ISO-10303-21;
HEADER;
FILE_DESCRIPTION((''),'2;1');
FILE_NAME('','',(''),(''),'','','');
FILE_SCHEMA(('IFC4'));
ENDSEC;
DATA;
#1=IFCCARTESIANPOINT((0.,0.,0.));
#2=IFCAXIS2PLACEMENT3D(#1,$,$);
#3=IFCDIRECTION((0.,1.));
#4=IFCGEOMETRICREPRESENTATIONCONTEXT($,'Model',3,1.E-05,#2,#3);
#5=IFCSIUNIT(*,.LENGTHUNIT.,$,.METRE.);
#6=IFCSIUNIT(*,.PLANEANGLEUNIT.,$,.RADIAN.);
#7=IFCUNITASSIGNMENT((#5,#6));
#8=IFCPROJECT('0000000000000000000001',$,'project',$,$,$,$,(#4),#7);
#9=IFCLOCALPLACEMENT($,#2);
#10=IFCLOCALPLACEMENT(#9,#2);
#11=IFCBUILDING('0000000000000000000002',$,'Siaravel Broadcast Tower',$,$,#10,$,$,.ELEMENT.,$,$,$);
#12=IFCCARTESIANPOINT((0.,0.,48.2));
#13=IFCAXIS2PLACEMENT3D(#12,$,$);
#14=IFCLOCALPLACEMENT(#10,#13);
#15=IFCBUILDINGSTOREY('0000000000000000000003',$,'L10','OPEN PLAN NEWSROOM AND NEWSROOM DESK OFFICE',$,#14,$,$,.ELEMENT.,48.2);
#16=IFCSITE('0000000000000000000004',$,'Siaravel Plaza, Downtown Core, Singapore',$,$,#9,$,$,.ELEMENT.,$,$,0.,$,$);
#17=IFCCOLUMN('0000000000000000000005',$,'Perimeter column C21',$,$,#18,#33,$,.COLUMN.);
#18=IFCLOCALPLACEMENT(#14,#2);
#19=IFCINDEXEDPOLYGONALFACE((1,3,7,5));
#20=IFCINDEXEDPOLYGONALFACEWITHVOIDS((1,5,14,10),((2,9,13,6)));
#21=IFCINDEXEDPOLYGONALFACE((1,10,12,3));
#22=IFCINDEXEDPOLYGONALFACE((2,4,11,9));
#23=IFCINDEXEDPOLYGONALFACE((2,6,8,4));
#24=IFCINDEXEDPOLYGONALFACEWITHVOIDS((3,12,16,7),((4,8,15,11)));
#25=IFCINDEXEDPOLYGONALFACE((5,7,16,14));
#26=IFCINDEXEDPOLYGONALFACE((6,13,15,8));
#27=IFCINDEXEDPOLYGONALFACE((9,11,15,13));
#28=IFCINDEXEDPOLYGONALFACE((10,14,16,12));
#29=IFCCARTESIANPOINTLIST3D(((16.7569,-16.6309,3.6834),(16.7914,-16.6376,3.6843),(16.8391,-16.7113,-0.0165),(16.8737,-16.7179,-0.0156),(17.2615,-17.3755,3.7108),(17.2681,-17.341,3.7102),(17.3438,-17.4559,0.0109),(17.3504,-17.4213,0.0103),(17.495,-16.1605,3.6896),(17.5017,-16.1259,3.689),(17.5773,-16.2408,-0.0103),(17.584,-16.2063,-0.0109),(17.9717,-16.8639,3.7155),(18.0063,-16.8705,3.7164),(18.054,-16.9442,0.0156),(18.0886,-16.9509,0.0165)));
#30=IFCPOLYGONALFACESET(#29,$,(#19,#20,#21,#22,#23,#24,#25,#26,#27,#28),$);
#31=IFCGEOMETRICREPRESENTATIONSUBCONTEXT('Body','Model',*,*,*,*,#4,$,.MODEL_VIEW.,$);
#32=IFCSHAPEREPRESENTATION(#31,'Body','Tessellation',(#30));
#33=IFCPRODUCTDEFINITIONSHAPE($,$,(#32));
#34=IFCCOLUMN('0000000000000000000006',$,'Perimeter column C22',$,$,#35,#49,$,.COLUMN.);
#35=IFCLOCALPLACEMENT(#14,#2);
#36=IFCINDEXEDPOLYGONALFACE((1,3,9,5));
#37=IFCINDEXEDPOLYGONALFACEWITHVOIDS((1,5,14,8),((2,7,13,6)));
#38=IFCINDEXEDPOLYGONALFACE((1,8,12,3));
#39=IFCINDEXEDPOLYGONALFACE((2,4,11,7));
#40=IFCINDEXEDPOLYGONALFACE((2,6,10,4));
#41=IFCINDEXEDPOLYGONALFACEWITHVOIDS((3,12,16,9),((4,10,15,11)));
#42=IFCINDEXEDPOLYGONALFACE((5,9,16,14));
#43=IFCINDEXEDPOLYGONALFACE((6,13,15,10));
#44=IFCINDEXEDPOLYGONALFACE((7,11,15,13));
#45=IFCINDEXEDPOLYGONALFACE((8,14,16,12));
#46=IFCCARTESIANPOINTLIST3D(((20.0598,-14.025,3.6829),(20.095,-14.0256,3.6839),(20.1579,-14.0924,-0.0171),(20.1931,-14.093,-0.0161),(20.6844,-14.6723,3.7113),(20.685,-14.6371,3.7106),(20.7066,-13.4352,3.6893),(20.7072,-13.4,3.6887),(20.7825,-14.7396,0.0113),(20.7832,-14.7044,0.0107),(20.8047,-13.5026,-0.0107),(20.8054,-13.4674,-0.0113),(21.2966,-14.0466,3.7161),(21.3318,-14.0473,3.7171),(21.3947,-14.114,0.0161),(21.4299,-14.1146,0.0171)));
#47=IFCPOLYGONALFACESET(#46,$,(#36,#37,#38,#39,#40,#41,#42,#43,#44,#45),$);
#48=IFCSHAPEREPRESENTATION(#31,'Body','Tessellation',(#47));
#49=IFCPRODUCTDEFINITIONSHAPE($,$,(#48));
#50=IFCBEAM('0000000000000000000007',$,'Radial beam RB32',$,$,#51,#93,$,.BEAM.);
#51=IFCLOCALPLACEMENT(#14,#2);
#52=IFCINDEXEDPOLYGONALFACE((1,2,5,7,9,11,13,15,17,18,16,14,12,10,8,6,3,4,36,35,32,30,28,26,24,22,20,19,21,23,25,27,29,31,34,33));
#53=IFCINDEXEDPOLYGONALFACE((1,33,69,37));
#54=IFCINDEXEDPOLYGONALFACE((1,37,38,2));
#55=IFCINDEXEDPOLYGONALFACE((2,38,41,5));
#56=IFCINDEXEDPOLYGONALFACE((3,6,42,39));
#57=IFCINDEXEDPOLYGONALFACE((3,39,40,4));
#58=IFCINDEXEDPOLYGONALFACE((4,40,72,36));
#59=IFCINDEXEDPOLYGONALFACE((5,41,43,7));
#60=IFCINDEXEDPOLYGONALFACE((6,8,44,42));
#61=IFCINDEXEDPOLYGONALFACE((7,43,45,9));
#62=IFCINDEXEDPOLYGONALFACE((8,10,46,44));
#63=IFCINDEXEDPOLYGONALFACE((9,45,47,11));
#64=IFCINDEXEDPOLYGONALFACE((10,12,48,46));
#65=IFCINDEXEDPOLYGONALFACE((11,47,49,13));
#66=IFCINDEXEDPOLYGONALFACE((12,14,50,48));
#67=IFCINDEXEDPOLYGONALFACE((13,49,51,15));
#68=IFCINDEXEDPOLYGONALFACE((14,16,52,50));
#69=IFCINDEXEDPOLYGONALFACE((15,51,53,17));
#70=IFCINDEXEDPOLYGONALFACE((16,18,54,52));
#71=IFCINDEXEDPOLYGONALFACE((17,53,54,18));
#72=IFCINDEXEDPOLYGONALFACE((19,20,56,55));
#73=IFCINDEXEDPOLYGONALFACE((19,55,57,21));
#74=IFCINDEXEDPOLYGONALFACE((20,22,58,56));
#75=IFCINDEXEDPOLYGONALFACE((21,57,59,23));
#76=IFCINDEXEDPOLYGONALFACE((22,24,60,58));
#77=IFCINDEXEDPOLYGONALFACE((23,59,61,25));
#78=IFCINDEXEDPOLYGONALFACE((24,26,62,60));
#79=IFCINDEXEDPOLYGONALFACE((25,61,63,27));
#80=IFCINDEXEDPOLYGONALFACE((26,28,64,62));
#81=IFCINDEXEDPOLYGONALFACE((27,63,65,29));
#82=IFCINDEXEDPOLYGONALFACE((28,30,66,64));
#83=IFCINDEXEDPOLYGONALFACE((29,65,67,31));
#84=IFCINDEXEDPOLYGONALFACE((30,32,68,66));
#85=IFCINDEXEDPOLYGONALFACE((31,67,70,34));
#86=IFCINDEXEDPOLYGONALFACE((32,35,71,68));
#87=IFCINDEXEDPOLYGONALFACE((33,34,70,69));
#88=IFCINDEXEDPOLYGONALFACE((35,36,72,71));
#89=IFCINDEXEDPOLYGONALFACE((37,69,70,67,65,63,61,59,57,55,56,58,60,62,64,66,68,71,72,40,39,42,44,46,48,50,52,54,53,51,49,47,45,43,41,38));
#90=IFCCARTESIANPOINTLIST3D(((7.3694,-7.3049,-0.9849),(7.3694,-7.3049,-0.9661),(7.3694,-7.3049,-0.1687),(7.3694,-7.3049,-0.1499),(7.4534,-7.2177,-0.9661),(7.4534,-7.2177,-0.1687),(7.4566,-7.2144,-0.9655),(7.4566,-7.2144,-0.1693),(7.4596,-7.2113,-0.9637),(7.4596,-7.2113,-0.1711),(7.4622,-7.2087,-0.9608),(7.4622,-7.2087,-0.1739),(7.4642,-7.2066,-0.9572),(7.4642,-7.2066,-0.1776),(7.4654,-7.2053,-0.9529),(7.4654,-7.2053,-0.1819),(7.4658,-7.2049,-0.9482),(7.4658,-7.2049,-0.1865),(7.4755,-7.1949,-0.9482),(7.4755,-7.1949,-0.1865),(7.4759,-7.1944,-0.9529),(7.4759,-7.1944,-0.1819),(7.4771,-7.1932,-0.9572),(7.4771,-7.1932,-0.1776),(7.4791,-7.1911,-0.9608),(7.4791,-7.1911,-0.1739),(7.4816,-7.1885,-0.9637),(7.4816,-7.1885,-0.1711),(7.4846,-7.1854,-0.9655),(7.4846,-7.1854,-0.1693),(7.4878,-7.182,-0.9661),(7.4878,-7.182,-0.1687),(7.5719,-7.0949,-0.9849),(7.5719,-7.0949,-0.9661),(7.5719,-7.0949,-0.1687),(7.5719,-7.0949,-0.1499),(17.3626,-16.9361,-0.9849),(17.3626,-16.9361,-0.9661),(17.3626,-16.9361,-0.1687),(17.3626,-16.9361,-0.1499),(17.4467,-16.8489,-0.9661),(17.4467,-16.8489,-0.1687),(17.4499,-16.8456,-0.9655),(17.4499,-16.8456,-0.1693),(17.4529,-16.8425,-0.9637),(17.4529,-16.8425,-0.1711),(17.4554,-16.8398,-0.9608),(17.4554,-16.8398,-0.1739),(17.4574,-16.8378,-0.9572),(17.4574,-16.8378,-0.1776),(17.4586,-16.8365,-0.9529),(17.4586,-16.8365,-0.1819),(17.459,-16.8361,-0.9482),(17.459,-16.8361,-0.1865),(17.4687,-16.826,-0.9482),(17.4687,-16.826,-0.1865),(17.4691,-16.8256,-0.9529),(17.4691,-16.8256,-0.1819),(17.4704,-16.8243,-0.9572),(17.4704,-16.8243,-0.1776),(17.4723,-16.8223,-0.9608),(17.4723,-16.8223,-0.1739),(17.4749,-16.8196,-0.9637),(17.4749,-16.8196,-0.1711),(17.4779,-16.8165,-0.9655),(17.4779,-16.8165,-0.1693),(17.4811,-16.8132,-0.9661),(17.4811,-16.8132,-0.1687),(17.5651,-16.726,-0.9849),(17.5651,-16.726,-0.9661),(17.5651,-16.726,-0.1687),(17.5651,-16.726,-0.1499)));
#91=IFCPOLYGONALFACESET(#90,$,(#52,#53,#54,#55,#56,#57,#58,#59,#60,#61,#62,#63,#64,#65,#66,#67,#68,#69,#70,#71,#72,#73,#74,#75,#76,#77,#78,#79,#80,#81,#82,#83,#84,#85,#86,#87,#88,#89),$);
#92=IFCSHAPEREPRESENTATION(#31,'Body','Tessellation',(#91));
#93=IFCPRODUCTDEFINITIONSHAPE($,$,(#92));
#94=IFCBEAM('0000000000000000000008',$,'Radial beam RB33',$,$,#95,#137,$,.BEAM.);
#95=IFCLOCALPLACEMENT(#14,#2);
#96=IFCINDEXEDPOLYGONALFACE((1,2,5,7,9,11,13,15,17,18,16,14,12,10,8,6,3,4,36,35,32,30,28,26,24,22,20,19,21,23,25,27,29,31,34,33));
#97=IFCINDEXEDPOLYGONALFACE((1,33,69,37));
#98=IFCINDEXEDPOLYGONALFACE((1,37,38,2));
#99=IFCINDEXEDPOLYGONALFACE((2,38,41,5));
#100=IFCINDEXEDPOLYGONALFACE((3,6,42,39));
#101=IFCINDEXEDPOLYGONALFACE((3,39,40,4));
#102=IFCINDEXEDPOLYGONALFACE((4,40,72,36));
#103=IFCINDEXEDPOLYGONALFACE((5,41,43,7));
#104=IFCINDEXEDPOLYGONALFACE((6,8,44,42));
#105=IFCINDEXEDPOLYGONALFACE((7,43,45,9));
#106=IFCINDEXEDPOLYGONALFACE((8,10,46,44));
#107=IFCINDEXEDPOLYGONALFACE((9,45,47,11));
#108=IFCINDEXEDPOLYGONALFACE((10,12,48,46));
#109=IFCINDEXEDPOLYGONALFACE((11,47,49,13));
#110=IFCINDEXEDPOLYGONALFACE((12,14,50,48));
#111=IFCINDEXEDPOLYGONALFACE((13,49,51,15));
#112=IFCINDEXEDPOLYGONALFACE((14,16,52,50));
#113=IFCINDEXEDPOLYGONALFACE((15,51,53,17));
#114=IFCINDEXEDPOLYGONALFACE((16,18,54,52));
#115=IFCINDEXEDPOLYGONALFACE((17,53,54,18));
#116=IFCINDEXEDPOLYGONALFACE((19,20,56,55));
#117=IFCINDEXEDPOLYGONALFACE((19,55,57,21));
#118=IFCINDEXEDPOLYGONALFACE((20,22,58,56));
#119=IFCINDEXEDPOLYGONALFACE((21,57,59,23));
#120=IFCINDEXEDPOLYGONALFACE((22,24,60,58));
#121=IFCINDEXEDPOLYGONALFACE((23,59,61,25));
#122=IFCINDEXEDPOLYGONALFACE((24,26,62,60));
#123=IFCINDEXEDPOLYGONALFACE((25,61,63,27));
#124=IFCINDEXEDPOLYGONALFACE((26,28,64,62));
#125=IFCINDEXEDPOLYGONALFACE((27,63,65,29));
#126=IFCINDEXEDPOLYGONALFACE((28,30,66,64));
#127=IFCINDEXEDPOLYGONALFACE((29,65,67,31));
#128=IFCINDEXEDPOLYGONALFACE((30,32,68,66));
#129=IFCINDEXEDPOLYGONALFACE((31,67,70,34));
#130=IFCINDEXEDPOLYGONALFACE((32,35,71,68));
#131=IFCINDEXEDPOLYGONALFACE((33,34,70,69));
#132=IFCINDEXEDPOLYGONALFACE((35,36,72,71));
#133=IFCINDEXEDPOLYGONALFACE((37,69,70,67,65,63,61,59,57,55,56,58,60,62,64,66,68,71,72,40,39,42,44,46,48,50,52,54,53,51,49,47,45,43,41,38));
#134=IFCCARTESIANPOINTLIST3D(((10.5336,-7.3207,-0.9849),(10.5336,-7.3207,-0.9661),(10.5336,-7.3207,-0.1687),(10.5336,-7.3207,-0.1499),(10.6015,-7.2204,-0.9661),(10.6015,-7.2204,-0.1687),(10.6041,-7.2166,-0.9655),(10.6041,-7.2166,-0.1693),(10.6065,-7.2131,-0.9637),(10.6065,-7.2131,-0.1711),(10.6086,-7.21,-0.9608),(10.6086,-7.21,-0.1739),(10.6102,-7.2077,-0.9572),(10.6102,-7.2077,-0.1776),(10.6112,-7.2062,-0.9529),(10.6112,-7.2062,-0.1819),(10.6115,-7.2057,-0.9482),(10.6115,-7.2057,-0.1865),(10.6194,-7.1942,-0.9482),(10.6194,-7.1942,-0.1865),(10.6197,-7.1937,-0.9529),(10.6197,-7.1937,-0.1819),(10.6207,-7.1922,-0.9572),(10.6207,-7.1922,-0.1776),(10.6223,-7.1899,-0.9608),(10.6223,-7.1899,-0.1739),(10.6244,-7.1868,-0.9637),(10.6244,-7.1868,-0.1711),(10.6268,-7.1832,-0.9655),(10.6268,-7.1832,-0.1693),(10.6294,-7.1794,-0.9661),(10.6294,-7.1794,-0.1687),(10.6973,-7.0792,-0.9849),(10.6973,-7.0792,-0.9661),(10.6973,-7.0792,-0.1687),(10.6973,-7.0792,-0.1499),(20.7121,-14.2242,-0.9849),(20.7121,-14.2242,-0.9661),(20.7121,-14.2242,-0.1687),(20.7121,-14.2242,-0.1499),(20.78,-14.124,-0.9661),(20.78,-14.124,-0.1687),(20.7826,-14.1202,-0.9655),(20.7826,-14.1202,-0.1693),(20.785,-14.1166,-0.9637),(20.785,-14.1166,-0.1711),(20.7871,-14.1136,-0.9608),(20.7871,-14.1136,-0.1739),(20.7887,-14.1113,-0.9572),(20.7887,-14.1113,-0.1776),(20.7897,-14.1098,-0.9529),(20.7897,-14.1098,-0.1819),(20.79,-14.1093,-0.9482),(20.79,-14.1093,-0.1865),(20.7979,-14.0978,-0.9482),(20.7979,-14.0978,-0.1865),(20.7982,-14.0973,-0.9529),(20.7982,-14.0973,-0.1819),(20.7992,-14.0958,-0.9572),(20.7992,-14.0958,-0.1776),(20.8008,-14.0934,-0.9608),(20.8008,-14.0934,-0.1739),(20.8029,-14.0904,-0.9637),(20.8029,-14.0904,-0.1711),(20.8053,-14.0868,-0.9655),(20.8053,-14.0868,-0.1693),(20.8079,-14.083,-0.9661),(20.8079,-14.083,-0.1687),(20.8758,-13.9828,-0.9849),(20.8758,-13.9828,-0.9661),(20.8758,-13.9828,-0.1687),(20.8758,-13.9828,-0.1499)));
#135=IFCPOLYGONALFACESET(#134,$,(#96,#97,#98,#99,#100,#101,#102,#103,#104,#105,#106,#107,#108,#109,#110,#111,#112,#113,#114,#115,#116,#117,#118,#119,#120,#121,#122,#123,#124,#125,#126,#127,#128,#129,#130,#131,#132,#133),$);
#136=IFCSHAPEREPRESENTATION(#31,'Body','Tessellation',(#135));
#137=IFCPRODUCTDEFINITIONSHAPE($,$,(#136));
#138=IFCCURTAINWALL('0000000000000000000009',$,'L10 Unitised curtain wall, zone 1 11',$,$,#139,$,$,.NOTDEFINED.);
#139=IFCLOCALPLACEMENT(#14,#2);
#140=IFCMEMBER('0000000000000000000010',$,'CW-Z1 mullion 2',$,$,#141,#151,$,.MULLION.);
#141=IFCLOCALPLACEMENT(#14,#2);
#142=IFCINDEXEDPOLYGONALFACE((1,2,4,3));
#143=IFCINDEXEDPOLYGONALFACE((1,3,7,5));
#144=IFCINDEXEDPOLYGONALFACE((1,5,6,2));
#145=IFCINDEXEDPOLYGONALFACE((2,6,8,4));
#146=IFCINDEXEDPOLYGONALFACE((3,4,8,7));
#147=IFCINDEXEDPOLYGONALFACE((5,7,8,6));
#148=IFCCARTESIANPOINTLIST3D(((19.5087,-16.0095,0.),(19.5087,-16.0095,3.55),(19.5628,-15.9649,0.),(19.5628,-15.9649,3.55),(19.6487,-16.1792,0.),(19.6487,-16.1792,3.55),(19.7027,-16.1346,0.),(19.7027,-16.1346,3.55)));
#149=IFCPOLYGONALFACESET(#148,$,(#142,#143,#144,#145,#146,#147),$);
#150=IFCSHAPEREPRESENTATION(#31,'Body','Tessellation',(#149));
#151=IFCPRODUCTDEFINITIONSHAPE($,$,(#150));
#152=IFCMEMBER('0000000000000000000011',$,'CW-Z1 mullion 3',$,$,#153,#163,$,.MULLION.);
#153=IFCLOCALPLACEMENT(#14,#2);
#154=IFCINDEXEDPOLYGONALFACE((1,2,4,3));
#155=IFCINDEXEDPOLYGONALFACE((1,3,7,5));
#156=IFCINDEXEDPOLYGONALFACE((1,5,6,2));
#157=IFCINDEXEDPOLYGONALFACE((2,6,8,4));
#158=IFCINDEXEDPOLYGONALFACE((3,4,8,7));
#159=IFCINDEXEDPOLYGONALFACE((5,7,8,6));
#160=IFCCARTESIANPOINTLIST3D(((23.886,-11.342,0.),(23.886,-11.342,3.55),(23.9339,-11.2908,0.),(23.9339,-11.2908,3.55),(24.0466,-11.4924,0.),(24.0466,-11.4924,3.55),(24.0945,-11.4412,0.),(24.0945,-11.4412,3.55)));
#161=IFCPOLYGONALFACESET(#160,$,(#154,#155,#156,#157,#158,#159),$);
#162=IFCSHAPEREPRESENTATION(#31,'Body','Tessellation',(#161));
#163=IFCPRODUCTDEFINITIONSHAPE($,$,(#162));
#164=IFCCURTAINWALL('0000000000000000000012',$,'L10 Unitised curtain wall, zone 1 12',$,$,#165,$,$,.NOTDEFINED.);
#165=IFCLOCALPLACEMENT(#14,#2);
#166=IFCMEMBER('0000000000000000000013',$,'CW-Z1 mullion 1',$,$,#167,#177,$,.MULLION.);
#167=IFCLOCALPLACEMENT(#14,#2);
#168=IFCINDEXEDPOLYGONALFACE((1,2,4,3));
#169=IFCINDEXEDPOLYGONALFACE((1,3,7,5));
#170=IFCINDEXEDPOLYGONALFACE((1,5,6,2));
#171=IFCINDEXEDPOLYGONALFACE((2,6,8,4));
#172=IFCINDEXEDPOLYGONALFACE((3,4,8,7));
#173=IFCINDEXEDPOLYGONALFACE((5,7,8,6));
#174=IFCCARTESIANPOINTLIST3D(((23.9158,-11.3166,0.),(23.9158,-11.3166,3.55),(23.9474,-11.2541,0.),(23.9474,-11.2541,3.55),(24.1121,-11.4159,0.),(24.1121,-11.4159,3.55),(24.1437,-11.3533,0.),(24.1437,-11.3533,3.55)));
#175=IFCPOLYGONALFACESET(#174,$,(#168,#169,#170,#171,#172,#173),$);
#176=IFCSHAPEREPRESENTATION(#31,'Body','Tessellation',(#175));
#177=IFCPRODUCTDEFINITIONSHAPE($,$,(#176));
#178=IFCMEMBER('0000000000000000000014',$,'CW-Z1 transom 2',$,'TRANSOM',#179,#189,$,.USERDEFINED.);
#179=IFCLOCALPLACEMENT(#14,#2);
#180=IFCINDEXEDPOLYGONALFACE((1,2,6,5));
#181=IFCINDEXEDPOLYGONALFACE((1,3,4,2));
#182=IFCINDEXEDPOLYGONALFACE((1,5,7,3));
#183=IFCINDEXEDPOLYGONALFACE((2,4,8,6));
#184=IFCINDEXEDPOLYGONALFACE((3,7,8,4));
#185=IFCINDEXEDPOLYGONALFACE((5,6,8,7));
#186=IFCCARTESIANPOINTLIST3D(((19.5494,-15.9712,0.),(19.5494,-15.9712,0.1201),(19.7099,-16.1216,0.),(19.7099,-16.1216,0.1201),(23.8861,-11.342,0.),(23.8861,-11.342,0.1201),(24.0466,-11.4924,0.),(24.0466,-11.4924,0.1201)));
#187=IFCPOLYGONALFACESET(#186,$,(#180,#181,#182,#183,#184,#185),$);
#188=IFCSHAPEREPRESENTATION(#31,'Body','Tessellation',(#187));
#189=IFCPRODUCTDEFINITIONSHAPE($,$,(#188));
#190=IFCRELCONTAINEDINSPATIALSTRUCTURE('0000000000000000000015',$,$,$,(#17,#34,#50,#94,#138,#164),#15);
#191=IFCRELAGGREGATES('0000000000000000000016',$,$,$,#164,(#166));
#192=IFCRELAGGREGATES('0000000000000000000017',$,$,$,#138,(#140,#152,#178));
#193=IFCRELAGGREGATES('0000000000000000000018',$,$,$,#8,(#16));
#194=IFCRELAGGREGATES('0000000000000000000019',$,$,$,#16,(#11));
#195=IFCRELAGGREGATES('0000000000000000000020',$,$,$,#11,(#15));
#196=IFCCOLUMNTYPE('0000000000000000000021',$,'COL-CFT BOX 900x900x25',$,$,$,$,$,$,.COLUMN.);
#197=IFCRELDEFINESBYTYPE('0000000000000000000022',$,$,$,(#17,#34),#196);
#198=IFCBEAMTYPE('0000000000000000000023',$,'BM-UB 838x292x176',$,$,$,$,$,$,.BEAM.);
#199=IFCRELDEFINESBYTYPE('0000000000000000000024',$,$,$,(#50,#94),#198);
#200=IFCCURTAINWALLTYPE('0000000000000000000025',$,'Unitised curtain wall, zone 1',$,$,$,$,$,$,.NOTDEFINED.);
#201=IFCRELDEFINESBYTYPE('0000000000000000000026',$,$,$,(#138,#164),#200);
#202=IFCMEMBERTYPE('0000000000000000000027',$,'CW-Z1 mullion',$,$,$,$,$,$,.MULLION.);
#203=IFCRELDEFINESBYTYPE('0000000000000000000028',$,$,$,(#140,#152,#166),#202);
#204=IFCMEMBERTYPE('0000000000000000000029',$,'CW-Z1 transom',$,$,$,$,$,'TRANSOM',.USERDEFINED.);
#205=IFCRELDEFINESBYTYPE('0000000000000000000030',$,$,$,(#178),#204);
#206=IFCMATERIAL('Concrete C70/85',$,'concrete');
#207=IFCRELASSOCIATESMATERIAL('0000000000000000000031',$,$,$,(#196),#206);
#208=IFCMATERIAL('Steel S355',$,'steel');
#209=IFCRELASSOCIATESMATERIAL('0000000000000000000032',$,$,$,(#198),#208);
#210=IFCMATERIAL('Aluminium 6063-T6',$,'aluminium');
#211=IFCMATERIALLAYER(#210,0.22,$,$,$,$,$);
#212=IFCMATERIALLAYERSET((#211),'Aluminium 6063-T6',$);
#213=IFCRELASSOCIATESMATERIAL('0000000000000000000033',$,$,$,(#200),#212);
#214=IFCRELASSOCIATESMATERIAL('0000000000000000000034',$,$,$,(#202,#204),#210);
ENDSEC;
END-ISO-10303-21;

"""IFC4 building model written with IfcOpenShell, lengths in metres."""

from ifc_helpers import new_model, si_unit, direction, frame, origin, origin_2d, place, context, subcontext, project, spatial, rectangle, hollow_rectangle, i_section, extrude, material, layer, layer_set, material_profile, profile_set, type_object, element, aggregate, save


model = new_model("IFC4")

# Units and contexts
model_context = context("Model", 3, precision=1e-05, world=origin(), true_north=direction((0.0, 1.0)))
body_context = subcontext(model_context, "Body", "Model", "MODEL_VIEW")
ifc_project = project(units=[si_unit("LENGTHUNIT", "METRE"), si_unit("PLANEANGLEUNIT", "RADIAN")], contexts=[model_context])

# Site, building, storey
site_placement = place(None, origin())
site = spatial("IfcSite", under=ifc_project, at=site_placement, Name="Siaravel Plaza, Downtown Core, Singapore", CompositionType="ELEMENT", RefElevation=0.0)
building_placement = place(site_placement, origin())
building = spatial("IfcBuilding", under=site, at=building_placement, Name="Siaravel Broadcast Tower", CompositionType="ELEMENT")
storey_placement = place(building_placement, frame((0.0, 0.0, 48.2)))
storey = spatial("IfcBuildingStorey", under=building, at=storey_placement, Name="L10", Description="OPEN PLAN NEWSROOM AND NEWSROOM DESK OFFICE", CompositionType="ELEMENT", Elevation=48.2)

# Columns
ifc_material_1 = material(Name="Concrete C70/85", Category="concrete")
ifc_material_profile_1 = material_profile(ifc_material_1, hollow_rectangle(XDim=0.8999, YDim=0.8999, WallThickness=0.0249, at=origin_2d()))
ifc_profile_set_1 = profile_set([ifc_material_profile_1], Name="Concrete C70/85")
column_type = type_object("IfcColumnType", Name="COL-CFT BOX 900x900x25", PredefinedType="COLUMN", material=ifc_profile_set_1)
column_1_placement = place(storey_placement, frame((17.4639, -16.8311, 0.0), z_axis=(-0.022226, 0.021699, 0.999517), x_axis=(-0.827676, -0.561172, -0.006222)))
element("IfcColumn", 1, at=column_1_placement, inside=storey, type_object=column_type, Name="Perimeter column C21", PredefinedType="COLUMN", context=body_context, shape_type="SweptSolid", body=[
    extrude(hollow_rectangle(XDim=0.8999, YDim=0.8999, WallThickness=0.0249, at=origin_2d()), origin(), (0.0, 0.0, 1.0), 3.7017),
])
column_2_placement = place(storey_placement, frame((20.7939, -14.1035, 0.0), z_axis=(-0.026512, 0.018202, 0.999483), x_axis=(-0.719439, -0.694526, -0.006435)))
element("IfcColumn", 2, at=column_2_placement, inside=storey, type_object=column_type, Name="Perimeter column C22", PredefinedType="COLUMN", context=body_context, shape_type="SweptSolid", body=[
    extrude(hollow_rectangle(XDim=0.8999, YDim=0.8999, WallThickness=0.0249, at=origin_2d()), origin(), (0.0, 0.0, 1.0), 3.7019),
])

# Beams
ifc_material_2 = material(Name="Steel S355", Category="steel")
ifc_material_profile_2 = material_profile(ifc_material_2, i_section(OverallWidth=0.2917, OverallDepth=0.835, WebThickness=0.0139, FlangeThickness=0.0188, FilletRadius=0.0178, at=origin_2d()))
ifc_profile_set_2 = profile_set([ifc_material_profile_2], Name="Steel S355")
beam_type = type_object("IfcBeamType", Name="BM-UB 838x292x176", PredefinedType="BEAM", material=ifc_profile_set_2)
beam_1_placement = place(storey_placement, frame((17.4639, -16.8311, -0.5674), z_axis=(-0.72003, 0.693943, 0.0), x_axis=(-0.693943, -0.72003, 0.0)))
element("IfcBeam", 3, at=beam_1_placement, inside=storey, type_object=beam_type, Name="Radial beam RB32", PredefinedType="BEAM", context=body_context, shape_type="SweptSolid", body=[
    extrude(i_section(OverallWidth=0.2917, OverallDepth=0.835, WebThickness=0.0139, FlangeThickness=0.0188, FilletRadius=0.0178, at=origin_2d()), origin(), (0.0, 0.0, 1.0), 13.8789),
])
beam_2_placement = place(storey_placement, frame((20.7939, -14.1035, -0.5674), z_axis=(-0.827599, 0.56132, 0.0), x_axis=(-0.56132, -0.827599, 0.0)))
element("IfcBeam", 4, at=beam_2_placement, inside=storey, type_object=beam_type, Name="Radial beam RB33", PredefinedType="BEAM", context=body_context, shape_type="SweptSolid", body=[
    extrude(i_section(OverallWidth=0.2917, OverallDepth=0.835, WebThickness=0.0139, FlangeThickness=0.0188, FilletRadius=0.0178, at=origin_2d()), origin(), (0.0, 0.0, 1.0), 12.2988),
])

# Curtain wall, members
ifc_material_3 = material(Name="Aluminium 6063-T6", Category="aluminium")
ifc_layer_1 = layer(ifc_material_3, 0.22)
ifc_layer_set_1 = layer_set([ifc_layer_1], Name="Aluminium 6063-T6")
curtain_wall_type = type_object("IfcCurtainWallType", Name="Unitised curtain wall, zone 1", PredefinedType="NOTDEFINED", material=ifc_layer_set_1)
curtain_wall_1_placement = place(storey_placement, origin())
curtain_wall_1 = element("IfcCurtainWall", 5, at=curtain_wall_1_placement, inside=storey, type_object=curtain_wall_type, Name="L10 Unitised curtain wall, zone 1 11", PredefinedType="NOTDEFINED")
ifc_material_profile_3 = material_profile(ifc_material_3, rectangle(XDim=0.22, YDim=0.0701, at=origin_2d()))
ifc_profile_set_3 = profile_set([ifc_material_profile_3], Name="Aluminium 6063-T6")
member_type_1 = type_object("IfcMemberType", Name="CW-Z1 mullion", PredefinedType="MULLION", material=ifc_profile_set_3)
member_1_placement = place(storey_placement, frame((19.6057, -16.072, 0.0), z_axis=(0.0, 0.0, 1.0), x_axis=(-0.636219, 0.771509, 0.0)))
member_1 = element("IfcMember", 6, at=member_1_placement, type_object=member_type_1, Name="CW-Z1 mullion 2", PredefinedType="MULLION", context=body_context, shape_type="SweptSolid", body=[
    extrude(rectangle(XDim=0.22, YDim=0.0701, at=origin_2d()), origin(), (0.0, 0.0, 1.0), 3.55),
])
member_2_placement = place(storey_placement, frame((23.9902, -11.3916, 0.0), z_axis=(0.0, 0.0, 1.0), x_axis=(-0.729805, 0.683655, 0.0)))
member_2 = element("IfcMember", 7, at=member_2_placement, type_object=member_type_1, Name="CW-Z1 mullion 3", PredefinedType="MULLION", context=body_context, shape_type="SweptSolid", body=[
    extrude(rectangle(XDim=0.22, YDim=0.0701, at=origin_2d()), origin(), (0.0, 0.0, 1.0), 3.55),
])

# Curtain wall, member
curtain_wall_2_placement = place(storey_placement, origin())
curtain_wall_2 = element("IfcCurtainWall", 8, at=curtain_wall_2_placement, inside=storey, type_object=curtain_wall_type, Name="L10 Unitised curtain wall, zone 1 12", PredefinedType="NOTDEFINED")
member_3_placement = place(storey_placement, frame((24.0298, -11.335, 0.0), z_axis=(0.0, 0.0, 1.0), x_axis=(-0.892392, 0.451261, 0.0)))
member_3 = element("IfcMember", 9, at=member_3_placement, type_object=member_type_1, Name="CW-Z1 mullion 1", PredefinedType="MULLION", context=body_context, shape_type="SweptSolid", body=[
    extrude(rectangle(XDim=0.22, YDim=0.0701, at=origin_2d()), origin(), (0.0, 0.0, 1.0), 3.55),
])
aggregate(curtain_wall_2, [member_3])

# Member
ifc_material_profile_4 = material_profile(ifc_material_3, rectangle(XDim=0.22, YDim=0.1201, at=origin_2d()))
ifc_profile_set_4 = profile_set([ifc_material_profile_4], Name="Aluminium 6063-T6")
member_type_2 = type_object("IfcMemberType", Name="CW-Z1 transom", ElementType="TRANSOM", PredefinedType="USERDEFINED", material=ifc_profile_set_4)
member_4_placement = place(storey_placement, frame((19.6296, -16.0464, 0.0601), z_axis=(0.683676, 0.729786, 0.0), x_axis=(-0.729786, 0.683676, 0.0)))
member_4 = element("IfcMember", 10, at=member_4_placement, type_object=member_type_2, Name="CW-Z1 transom 2", ObjectType="TRANSOM", PredefinedType="USERDEFINED", context=body_context, shape_type="SweptSolid", body=[
    extrude(rectangle(XDim=0.22, YDim=0.1201, at=origin_2d()), origin(), (0.0, 0.0, 1.0), 6.3433),
])

aggregate(curtain_wall_1, [member_1, member_2, member_4])

save(model, "model.ifc")
